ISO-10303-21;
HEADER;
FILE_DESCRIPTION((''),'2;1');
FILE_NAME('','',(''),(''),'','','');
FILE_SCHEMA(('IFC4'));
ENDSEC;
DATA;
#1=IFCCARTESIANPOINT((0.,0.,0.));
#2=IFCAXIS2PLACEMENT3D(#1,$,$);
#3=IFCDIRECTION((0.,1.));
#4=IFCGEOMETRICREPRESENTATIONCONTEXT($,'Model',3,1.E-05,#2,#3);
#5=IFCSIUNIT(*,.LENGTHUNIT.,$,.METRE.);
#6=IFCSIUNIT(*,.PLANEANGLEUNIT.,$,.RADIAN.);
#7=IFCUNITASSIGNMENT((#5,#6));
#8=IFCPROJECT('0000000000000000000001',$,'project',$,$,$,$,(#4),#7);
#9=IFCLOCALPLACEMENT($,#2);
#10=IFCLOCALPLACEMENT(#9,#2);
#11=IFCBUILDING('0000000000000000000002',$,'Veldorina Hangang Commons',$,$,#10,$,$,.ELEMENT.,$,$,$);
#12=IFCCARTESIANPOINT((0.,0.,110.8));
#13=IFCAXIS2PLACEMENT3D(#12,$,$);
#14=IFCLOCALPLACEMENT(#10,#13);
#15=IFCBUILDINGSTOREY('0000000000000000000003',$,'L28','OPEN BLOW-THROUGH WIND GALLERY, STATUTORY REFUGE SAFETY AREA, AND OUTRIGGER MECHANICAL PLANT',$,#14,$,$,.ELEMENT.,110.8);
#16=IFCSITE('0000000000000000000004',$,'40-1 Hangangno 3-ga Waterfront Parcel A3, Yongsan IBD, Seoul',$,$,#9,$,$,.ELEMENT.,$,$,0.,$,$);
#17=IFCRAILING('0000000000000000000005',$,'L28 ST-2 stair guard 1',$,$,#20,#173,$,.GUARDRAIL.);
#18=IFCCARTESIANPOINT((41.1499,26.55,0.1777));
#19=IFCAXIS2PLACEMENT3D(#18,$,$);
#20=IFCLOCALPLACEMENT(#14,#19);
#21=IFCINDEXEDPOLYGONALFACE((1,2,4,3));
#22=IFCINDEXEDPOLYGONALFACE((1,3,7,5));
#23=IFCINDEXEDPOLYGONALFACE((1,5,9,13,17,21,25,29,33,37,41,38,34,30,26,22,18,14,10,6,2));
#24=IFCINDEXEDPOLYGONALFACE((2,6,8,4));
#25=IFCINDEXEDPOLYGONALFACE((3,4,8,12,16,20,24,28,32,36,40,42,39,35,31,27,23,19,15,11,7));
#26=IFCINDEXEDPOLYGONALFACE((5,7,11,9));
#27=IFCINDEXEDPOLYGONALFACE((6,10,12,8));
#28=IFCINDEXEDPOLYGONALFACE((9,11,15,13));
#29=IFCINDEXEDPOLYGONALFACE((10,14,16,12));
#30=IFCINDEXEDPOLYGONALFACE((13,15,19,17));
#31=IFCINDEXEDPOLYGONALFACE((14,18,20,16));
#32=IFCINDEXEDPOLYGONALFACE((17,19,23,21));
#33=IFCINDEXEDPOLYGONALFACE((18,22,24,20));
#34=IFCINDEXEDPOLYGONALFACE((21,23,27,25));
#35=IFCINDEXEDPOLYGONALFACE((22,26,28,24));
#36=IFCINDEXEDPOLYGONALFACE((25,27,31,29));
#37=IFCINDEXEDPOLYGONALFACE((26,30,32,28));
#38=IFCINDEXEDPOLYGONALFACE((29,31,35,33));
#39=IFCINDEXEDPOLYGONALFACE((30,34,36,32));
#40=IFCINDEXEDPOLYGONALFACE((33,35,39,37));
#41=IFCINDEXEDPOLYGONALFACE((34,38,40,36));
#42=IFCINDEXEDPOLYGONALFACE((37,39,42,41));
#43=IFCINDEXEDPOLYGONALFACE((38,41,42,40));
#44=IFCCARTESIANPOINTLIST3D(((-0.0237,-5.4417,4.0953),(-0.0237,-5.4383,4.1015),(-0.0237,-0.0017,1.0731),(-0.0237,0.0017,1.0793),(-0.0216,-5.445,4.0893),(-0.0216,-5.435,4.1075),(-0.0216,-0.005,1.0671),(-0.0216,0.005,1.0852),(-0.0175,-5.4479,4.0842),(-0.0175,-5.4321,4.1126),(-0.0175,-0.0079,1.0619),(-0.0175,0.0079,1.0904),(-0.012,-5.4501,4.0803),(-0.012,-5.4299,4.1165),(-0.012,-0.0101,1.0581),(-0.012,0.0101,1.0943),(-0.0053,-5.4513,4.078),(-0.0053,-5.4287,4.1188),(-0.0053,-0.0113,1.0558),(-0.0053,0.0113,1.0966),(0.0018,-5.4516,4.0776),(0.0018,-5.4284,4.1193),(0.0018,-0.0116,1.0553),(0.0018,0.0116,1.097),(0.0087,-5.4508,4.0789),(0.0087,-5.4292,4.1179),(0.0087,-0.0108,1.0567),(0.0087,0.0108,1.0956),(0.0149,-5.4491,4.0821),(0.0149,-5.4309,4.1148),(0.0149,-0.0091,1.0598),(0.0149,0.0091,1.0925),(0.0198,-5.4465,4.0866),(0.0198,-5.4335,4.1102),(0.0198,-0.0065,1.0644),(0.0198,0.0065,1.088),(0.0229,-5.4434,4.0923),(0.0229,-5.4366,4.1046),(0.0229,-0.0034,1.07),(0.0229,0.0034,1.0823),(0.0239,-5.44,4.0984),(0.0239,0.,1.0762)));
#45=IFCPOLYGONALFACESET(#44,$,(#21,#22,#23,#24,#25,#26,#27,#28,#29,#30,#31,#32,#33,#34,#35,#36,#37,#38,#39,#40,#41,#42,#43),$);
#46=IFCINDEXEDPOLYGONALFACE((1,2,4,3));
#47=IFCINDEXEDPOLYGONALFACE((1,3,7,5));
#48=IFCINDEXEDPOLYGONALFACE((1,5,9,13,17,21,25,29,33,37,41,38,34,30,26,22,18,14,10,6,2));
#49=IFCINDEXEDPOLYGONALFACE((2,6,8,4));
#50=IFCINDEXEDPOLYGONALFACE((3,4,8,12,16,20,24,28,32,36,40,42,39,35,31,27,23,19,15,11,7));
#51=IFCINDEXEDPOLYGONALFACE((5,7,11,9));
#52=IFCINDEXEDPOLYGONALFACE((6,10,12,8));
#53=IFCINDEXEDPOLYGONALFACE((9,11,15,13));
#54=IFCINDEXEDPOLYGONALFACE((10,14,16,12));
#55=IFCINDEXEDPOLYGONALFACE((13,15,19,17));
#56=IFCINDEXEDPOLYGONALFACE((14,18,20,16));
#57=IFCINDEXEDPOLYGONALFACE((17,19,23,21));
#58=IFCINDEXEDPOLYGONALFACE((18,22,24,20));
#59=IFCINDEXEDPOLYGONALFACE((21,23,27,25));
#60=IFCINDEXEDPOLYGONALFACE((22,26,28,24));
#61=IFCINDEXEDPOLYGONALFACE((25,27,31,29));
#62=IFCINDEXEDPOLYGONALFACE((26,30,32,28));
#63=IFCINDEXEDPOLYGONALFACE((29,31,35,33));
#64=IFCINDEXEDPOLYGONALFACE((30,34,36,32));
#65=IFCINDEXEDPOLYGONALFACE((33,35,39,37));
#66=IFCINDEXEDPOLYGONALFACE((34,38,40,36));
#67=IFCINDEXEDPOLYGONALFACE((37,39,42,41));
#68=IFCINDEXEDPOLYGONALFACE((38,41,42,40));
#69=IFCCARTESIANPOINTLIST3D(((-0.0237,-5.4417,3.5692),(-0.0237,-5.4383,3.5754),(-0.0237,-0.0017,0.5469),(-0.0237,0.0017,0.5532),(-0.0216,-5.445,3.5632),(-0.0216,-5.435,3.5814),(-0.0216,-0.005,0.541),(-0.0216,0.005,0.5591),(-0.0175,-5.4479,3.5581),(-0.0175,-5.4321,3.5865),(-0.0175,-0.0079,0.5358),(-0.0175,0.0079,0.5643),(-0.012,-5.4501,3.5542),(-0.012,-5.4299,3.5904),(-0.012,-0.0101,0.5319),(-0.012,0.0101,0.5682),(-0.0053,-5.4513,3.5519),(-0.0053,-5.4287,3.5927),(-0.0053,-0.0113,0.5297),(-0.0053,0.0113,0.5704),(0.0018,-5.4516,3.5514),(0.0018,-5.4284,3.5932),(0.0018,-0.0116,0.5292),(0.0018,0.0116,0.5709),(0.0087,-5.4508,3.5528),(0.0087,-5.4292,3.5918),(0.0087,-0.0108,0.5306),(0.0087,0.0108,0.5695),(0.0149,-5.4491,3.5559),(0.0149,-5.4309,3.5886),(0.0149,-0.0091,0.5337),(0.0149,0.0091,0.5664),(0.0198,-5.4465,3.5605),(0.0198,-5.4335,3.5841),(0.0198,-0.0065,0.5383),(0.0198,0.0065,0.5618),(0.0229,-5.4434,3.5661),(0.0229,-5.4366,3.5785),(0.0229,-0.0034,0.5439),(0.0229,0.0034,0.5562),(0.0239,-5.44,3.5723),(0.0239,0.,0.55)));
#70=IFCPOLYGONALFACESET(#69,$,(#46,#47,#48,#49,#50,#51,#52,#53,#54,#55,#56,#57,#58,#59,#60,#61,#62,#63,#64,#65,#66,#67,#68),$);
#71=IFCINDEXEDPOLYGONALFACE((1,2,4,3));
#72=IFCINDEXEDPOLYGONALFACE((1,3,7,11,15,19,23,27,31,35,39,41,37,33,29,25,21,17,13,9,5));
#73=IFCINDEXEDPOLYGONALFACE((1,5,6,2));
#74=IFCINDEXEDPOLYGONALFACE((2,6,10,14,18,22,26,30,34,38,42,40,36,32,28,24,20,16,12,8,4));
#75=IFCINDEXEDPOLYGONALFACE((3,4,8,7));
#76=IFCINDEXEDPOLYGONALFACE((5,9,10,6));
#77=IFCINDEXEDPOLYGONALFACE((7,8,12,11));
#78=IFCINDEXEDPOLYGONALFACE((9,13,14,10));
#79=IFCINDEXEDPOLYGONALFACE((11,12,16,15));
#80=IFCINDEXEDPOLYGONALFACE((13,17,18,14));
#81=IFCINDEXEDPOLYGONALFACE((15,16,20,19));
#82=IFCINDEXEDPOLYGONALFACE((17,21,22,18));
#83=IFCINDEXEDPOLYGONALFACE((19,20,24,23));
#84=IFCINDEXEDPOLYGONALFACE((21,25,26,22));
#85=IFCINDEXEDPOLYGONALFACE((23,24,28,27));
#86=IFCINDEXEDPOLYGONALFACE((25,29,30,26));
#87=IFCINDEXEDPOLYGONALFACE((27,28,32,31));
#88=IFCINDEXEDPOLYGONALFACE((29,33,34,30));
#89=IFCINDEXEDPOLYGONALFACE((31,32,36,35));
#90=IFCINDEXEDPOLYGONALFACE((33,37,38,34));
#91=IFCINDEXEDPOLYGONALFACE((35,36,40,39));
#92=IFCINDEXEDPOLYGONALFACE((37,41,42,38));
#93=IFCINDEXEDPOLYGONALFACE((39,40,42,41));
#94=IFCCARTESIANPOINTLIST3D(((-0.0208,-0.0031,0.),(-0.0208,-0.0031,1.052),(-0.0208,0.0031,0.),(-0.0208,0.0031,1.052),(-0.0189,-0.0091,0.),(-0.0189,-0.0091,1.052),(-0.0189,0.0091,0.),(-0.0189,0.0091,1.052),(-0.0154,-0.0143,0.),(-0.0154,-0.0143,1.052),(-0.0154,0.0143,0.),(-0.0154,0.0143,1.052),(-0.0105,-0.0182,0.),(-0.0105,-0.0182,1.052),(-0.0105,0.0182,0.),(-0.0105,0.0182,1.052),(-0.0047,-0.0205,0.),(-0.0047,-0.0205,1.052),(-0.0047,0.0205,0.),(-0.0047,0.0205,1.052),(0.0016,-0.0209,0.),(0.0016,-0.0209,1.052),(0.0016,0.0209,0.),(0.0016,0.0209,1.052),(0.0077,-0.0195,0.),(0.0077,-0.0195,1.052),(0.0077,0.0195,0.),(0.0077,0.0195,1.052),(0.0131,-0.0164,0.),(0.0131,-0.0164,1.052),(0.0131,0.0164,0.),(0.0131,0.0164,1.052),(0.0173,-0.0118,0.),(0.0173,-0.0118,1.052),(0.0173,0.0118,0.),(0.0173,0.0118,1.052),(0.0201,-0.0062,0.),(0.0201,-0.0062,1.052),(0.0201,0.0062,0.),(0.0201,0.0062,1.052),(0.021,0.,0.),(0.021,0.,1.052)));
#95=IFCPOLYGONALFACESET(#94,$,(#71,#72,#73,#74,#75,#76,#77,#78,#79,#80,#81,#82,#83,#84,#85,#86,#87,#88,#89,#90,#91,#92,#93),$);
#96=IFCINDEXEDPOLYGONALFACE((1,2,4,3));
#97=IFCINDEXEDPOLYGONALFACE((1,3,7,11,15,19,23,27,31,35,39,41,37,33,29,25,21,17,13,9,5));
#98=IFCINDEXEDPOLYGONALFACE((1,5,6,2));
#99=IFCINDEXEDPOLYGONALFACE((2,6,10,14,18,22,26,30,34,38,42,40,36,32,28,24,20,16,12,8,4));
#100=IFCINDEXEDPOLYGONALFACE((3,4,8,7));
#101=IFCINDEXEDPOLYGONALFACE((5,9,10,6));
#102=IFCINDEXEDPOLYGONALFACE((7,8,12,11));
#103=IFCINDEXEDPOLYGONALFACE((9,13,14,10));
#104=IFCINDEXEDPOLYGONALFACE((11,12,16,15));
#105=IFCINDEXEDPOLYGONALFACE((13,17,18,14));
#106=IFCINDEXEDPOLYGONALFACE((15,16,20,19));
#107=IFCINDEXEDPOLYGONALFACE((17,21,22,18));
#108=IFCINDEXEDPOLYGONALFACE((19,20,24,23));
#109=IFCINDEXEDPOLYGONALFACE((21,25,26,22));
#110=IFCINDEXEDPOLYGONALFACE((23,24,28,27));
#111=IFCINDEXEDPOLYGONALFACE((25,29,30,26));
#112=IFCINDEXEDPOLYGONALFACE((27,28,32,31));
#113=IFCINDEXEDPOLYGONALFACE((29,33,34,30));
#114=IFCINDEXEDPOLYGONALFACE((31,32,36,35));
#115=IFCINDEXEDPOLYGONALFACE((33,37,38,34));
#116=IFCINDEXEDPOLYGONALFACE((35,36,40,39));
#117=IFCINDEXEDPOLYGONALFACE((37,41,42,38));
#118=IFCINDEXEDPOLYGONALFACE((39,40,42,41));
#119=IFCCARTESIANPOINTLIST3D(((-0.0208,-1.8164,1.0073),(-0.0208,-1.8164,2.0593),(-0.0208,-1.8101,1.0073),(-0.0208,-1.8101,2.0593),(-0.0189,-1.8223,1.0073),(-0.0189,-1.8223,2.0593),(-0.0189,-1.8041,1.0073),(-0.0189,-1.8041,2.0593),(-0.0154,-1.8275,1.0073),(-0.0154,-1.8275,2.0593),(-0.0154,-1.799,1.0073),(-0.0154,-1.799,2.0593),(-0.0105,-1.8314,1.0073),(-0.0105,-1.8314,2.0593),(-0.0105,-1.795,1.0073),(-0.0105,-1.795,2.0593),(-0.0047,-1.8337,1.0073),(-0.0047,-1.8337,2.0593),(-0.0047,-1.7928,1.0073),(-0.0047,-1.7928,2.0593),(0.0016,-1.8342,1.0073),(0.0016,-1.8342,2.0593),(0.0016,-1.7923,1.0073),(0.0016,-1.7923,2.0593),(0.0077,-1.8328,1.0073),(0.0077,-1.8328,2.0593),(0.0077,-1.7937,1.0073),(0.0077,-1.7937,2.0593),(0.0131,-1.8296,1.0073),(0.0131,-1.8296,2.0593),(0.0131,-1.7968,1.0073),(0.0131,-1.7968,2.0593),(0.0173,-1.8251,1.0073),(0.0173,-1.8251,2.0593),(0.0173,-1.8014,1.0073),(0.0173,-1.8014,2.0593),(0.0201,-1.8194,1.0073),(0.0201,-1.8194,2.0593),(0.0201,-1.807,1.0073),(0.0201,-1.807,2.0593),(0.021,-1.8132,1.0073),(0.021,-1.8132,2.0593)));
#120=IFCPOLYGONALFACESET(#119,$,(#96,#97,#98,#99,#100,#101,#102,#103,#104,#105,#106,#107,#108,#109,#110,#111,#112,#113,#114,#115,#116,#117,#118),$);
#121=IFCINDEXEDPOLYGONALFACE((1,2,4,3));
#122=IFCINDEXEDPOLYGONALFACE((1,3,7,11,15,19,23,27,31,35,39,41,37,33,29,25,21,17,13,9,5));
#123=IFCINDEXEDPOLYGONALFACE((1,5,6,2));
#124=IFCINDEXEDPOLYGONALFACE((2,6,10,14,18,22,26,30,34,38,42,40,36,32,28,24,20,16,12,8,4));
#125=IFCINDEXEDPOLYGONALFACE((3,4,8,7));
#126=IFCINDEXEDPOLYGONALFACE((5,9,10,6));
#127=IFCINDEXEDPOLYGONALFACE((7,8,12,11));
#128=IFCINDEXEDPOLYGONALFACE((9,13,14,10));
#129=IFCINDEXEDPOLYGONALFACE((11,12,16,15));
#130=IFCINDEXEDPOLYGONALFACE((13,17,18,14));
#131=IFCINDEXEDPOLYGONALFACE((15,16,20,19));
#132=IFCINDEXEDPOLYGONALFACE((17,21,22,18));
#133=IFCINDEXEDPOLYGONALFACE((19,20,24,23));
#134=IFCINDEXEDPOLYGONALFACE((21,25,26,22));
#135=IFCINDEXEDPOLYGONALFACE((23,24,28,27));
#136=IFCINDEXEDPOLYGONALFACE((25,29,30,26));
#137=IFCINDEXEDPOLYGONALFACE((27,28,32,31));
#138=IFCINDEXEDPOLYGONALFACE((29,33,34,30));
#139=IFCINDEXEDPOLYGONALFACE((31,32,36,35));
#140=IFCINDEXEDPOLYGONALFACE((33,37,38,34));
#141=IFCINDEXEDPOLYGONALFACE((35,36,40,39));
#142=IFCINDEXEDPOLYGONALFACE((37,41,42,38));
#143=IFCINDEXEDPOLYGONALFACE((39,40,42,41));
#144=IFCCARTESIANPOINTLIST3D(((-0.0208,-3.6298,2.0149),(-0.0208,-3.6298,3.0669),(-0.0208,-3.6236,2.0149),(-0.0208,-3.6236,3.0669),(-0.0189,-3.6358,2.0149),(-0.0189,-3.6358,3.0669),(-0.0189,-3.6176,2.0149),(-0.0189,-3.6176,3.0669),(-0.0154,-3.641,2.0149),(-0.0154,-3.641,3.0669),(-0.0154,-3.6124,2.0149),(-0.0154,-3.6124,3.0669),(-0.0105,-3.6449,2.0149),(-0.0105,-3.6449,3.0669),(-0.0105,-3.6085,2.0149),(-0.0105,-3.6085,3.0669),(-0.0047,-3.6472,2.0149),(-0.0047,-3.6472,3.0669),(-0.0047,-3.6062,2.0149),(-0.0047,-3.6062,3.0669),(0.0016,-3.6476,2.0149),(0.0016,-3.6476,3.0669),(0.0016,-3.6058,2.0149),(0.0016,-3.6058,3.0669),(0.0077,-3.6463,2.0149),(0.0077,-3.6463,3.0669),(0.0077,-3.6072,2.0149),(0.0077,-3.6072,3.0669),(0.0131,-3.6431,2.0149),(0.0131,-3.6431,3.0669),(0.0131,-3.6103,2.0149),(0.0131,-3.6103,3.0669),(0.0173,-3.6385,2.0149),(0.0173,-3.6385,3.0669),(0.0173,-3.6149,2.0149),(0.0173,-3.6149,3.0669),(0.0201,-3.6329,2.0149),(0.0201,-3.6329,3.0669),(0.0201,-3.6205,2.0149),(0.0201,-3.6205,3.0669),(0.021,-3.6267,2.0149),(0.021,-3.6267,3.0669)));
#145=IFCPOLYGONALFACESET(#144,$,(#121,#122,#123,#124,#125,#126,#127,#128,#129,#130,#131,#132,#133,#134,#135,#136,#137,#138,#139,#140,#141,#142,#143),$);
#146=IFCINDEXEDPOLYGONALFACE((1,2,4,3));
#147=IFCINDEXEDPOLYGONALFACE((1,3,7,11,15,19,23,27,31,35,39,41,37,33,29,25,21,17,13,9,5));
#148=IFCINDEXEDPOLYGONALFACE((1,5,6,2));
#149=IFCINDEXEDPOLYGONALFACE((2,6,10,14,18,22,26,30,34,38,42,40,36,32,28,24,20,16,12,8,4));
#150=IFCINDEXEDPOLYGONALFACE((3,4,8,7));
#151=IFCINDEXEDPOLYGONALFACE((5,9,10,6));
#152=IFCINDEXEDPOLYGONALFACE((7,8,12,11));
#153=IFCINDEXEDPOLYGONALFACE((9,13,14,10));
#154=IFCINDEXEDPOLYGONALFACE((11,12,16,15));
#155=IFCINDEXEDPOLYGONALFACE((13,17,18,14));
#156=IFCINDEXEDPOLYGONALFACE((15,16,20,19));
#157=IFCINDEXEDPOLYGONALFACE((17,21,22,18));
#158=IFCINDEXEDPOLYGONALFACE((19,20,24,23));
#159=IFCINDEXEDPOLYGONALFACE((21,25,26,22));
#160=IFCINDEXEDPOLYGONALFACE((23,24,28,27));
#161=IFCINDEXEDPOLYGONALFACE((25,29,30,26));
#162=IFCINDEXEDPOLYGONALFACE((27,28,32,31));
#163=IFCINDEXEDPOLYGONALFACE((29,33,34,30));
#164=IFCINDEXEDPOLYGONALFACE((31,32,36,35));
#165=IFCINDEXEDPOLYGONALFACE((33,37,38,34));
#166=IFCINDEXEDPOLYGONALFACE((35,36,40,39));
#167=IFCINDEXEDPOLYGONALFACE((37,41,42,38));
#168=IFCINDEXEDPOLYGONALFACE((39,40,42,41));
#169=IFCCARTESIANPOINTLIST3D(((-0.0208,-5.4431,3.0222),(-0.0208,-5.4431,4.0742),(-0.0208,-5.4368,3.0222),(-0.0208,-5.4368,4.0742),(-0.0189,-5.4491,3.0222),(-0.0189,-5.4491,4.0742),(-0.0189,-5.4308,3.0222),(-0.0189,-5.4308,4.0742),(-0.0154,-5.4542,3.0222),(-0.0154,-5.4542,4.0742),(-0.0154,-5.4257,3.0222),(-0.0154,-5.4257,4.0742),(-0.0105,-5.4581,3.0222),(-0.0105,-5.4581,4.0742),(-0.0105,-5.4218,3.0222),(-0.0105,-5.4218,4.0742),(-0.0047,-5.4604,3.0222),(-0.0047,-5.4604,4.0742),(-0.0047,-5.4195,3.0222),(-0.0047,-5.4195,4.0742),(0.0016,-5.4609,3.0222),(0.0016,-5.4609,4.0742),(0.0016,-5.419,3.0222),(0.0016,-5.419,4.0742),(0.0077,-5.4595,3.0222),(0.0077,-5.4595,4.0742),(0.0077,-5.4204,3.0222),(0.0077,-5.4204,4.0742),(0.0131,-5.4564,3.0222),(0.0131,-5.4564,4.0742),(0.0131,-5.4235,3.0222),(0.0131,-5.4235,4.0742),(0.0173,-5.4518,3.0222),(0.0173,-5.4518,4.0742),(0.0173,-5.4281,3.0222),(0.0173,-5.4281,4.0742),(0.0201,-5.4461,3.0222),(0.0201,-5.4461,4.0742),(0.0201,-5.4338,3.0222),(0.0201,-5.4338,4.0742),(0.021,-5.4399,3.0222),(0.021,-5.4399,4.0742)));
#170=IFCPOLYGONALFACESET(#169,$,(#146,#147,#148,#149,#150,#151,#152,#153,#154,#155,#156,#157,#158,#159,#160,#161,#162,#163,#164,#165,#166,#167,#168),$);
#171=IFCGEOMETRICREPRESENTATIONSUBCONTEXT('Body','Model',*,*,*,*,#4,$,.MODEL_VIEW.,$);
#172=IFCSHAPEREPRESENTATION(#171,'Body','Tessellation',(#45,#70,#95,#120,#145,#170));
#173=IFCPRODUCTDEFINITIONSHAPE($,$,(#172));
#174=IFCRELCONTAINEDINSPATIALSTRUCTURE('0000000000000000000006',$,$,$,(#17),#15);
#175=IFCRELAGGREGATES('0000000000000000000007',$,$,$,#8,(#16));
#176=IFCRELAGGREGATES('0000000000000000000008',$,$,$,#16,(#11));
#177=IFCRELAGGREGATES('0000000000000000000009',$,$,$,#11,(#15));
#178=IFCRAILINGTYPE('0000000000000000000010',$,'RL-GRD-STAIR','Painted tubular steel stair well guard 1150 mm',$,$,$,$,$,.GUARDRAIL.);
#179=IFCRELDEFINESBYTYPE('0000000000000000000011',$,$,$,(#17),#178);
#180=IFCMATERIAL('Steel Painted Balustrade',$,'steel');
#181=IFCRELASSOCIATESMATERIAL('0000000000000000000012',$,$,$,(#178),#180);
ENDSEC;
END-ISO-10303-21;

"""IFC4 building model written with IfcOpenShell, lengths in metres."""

from ifc_helpers import new_model, si_unit, direction, frame, origin, origin_2d, place, context, subcontext, project, spatial, circle, extrude, material, type_object, element, save


model = new_model("IFC4")

# Units and contexts
model_context = context("Model", 3, precision=1e-05, world=origin(), true_north=direction((0.0, 1.0)))
body_context = subcontext(model_context, "Body", "Model", "MODEL_VIEW")
ifc_project = project(units=[si_unit("LENGTHUNIT", "METRE"), si_unit("PLANEANGLEUNIT", "RADIAN")], contexts=[model_context])

# Site, building, storey
site_placement = place(None, origin())
site = spatial("IfcSite", under=ifc_project, at=site_placement, Name="40-1 Hangangno 3-ga Waterfront Parcel A3, Yongsan IBD, Seoul", CompositionType="ELEMENT", RefElevation=0.0)
building_placement = place(site_placement, origin())
building = spatial("IfcBuilding", under=site, at=building_placement, Name="Veldorina Hangang Commons", CompositionType="ELEMENT")
storey_placement = place(building_placement, frame((0.0, 0.0, 110.8)))
storey = spatial("IfcBuildingStorey", under=building, at=storey_placement, Name="L28", Description="OPEN BLOW-THROUGH WIND GALLERY, STATUTORY REFUGE SAFETY AREA, AND OUTRIGGER MECHANICAL PLANT", CompositionType="ELEMENT", Elevation=110.8)

# Railing
ifc_material_1 = material(Name="Steel Painted Balustrade", Category="steel")
railing_type_1 = type_object("IfcRailingType", Name="RL-GRD-STAIR", Description="Painted tubular steel stair well guard 1150 mm", PredefinedType="GUARDRAIL", material=ifc_material_1)
railing_1_placement = place(storey_placement, frame((41.1499, 26.55, 0.1777)))
element("IfcRailing", 1, at=railing_1_placement, inside=storey, type_object=railing_type_1, Name="L28 ST-2 stair guard 1", PredefinedType="GUARDRAIL", context=body_context, shape_type="SweptSolid", body=[
    extrude(circle(Radius=0.0239, at=origin_2d()), frame((0.0, 0.0, 1.0762), z_axis=(0.0, -0.874155, 0.485646), x_axis=(1.0, 0.0, 0.0)), (0.0, 0.0, 1.0), 6.2231),
    extrude(circle(Radius=0.0239, at=origin_2d()), frame((0.0, 0.0, 0.55), z_axis=(0.0, -0.874155, 0.485646), x_axis=(1.0, 0.0, 0.0)), (0.0, 0.0, 1.0), 6.2231),
    extrude(circle(Radius=0.021, at=origin_2d()), origin(), (0.0, 0.0, 1.0), 1.052),
    extrude(circle(Radius=0.021, at=origin_2d()), frame((0.0, -1.8132, 1.0073)), (0.0, 0.0, 1.0), 1.052),
    extrude(circle(Radius=0.021, at=origin_2d()), frame((0.0, -3.6267, 2.0149)), (0.0, 0.0, 1.0), 1.052),
    extrude(circle(Radius=0.021, at=origin_2d()), frame((0.0, -5.4399, 3.0222)), (0.0, 0.0, 1.0), 1.052),
])

save(model, "model.ifc")
